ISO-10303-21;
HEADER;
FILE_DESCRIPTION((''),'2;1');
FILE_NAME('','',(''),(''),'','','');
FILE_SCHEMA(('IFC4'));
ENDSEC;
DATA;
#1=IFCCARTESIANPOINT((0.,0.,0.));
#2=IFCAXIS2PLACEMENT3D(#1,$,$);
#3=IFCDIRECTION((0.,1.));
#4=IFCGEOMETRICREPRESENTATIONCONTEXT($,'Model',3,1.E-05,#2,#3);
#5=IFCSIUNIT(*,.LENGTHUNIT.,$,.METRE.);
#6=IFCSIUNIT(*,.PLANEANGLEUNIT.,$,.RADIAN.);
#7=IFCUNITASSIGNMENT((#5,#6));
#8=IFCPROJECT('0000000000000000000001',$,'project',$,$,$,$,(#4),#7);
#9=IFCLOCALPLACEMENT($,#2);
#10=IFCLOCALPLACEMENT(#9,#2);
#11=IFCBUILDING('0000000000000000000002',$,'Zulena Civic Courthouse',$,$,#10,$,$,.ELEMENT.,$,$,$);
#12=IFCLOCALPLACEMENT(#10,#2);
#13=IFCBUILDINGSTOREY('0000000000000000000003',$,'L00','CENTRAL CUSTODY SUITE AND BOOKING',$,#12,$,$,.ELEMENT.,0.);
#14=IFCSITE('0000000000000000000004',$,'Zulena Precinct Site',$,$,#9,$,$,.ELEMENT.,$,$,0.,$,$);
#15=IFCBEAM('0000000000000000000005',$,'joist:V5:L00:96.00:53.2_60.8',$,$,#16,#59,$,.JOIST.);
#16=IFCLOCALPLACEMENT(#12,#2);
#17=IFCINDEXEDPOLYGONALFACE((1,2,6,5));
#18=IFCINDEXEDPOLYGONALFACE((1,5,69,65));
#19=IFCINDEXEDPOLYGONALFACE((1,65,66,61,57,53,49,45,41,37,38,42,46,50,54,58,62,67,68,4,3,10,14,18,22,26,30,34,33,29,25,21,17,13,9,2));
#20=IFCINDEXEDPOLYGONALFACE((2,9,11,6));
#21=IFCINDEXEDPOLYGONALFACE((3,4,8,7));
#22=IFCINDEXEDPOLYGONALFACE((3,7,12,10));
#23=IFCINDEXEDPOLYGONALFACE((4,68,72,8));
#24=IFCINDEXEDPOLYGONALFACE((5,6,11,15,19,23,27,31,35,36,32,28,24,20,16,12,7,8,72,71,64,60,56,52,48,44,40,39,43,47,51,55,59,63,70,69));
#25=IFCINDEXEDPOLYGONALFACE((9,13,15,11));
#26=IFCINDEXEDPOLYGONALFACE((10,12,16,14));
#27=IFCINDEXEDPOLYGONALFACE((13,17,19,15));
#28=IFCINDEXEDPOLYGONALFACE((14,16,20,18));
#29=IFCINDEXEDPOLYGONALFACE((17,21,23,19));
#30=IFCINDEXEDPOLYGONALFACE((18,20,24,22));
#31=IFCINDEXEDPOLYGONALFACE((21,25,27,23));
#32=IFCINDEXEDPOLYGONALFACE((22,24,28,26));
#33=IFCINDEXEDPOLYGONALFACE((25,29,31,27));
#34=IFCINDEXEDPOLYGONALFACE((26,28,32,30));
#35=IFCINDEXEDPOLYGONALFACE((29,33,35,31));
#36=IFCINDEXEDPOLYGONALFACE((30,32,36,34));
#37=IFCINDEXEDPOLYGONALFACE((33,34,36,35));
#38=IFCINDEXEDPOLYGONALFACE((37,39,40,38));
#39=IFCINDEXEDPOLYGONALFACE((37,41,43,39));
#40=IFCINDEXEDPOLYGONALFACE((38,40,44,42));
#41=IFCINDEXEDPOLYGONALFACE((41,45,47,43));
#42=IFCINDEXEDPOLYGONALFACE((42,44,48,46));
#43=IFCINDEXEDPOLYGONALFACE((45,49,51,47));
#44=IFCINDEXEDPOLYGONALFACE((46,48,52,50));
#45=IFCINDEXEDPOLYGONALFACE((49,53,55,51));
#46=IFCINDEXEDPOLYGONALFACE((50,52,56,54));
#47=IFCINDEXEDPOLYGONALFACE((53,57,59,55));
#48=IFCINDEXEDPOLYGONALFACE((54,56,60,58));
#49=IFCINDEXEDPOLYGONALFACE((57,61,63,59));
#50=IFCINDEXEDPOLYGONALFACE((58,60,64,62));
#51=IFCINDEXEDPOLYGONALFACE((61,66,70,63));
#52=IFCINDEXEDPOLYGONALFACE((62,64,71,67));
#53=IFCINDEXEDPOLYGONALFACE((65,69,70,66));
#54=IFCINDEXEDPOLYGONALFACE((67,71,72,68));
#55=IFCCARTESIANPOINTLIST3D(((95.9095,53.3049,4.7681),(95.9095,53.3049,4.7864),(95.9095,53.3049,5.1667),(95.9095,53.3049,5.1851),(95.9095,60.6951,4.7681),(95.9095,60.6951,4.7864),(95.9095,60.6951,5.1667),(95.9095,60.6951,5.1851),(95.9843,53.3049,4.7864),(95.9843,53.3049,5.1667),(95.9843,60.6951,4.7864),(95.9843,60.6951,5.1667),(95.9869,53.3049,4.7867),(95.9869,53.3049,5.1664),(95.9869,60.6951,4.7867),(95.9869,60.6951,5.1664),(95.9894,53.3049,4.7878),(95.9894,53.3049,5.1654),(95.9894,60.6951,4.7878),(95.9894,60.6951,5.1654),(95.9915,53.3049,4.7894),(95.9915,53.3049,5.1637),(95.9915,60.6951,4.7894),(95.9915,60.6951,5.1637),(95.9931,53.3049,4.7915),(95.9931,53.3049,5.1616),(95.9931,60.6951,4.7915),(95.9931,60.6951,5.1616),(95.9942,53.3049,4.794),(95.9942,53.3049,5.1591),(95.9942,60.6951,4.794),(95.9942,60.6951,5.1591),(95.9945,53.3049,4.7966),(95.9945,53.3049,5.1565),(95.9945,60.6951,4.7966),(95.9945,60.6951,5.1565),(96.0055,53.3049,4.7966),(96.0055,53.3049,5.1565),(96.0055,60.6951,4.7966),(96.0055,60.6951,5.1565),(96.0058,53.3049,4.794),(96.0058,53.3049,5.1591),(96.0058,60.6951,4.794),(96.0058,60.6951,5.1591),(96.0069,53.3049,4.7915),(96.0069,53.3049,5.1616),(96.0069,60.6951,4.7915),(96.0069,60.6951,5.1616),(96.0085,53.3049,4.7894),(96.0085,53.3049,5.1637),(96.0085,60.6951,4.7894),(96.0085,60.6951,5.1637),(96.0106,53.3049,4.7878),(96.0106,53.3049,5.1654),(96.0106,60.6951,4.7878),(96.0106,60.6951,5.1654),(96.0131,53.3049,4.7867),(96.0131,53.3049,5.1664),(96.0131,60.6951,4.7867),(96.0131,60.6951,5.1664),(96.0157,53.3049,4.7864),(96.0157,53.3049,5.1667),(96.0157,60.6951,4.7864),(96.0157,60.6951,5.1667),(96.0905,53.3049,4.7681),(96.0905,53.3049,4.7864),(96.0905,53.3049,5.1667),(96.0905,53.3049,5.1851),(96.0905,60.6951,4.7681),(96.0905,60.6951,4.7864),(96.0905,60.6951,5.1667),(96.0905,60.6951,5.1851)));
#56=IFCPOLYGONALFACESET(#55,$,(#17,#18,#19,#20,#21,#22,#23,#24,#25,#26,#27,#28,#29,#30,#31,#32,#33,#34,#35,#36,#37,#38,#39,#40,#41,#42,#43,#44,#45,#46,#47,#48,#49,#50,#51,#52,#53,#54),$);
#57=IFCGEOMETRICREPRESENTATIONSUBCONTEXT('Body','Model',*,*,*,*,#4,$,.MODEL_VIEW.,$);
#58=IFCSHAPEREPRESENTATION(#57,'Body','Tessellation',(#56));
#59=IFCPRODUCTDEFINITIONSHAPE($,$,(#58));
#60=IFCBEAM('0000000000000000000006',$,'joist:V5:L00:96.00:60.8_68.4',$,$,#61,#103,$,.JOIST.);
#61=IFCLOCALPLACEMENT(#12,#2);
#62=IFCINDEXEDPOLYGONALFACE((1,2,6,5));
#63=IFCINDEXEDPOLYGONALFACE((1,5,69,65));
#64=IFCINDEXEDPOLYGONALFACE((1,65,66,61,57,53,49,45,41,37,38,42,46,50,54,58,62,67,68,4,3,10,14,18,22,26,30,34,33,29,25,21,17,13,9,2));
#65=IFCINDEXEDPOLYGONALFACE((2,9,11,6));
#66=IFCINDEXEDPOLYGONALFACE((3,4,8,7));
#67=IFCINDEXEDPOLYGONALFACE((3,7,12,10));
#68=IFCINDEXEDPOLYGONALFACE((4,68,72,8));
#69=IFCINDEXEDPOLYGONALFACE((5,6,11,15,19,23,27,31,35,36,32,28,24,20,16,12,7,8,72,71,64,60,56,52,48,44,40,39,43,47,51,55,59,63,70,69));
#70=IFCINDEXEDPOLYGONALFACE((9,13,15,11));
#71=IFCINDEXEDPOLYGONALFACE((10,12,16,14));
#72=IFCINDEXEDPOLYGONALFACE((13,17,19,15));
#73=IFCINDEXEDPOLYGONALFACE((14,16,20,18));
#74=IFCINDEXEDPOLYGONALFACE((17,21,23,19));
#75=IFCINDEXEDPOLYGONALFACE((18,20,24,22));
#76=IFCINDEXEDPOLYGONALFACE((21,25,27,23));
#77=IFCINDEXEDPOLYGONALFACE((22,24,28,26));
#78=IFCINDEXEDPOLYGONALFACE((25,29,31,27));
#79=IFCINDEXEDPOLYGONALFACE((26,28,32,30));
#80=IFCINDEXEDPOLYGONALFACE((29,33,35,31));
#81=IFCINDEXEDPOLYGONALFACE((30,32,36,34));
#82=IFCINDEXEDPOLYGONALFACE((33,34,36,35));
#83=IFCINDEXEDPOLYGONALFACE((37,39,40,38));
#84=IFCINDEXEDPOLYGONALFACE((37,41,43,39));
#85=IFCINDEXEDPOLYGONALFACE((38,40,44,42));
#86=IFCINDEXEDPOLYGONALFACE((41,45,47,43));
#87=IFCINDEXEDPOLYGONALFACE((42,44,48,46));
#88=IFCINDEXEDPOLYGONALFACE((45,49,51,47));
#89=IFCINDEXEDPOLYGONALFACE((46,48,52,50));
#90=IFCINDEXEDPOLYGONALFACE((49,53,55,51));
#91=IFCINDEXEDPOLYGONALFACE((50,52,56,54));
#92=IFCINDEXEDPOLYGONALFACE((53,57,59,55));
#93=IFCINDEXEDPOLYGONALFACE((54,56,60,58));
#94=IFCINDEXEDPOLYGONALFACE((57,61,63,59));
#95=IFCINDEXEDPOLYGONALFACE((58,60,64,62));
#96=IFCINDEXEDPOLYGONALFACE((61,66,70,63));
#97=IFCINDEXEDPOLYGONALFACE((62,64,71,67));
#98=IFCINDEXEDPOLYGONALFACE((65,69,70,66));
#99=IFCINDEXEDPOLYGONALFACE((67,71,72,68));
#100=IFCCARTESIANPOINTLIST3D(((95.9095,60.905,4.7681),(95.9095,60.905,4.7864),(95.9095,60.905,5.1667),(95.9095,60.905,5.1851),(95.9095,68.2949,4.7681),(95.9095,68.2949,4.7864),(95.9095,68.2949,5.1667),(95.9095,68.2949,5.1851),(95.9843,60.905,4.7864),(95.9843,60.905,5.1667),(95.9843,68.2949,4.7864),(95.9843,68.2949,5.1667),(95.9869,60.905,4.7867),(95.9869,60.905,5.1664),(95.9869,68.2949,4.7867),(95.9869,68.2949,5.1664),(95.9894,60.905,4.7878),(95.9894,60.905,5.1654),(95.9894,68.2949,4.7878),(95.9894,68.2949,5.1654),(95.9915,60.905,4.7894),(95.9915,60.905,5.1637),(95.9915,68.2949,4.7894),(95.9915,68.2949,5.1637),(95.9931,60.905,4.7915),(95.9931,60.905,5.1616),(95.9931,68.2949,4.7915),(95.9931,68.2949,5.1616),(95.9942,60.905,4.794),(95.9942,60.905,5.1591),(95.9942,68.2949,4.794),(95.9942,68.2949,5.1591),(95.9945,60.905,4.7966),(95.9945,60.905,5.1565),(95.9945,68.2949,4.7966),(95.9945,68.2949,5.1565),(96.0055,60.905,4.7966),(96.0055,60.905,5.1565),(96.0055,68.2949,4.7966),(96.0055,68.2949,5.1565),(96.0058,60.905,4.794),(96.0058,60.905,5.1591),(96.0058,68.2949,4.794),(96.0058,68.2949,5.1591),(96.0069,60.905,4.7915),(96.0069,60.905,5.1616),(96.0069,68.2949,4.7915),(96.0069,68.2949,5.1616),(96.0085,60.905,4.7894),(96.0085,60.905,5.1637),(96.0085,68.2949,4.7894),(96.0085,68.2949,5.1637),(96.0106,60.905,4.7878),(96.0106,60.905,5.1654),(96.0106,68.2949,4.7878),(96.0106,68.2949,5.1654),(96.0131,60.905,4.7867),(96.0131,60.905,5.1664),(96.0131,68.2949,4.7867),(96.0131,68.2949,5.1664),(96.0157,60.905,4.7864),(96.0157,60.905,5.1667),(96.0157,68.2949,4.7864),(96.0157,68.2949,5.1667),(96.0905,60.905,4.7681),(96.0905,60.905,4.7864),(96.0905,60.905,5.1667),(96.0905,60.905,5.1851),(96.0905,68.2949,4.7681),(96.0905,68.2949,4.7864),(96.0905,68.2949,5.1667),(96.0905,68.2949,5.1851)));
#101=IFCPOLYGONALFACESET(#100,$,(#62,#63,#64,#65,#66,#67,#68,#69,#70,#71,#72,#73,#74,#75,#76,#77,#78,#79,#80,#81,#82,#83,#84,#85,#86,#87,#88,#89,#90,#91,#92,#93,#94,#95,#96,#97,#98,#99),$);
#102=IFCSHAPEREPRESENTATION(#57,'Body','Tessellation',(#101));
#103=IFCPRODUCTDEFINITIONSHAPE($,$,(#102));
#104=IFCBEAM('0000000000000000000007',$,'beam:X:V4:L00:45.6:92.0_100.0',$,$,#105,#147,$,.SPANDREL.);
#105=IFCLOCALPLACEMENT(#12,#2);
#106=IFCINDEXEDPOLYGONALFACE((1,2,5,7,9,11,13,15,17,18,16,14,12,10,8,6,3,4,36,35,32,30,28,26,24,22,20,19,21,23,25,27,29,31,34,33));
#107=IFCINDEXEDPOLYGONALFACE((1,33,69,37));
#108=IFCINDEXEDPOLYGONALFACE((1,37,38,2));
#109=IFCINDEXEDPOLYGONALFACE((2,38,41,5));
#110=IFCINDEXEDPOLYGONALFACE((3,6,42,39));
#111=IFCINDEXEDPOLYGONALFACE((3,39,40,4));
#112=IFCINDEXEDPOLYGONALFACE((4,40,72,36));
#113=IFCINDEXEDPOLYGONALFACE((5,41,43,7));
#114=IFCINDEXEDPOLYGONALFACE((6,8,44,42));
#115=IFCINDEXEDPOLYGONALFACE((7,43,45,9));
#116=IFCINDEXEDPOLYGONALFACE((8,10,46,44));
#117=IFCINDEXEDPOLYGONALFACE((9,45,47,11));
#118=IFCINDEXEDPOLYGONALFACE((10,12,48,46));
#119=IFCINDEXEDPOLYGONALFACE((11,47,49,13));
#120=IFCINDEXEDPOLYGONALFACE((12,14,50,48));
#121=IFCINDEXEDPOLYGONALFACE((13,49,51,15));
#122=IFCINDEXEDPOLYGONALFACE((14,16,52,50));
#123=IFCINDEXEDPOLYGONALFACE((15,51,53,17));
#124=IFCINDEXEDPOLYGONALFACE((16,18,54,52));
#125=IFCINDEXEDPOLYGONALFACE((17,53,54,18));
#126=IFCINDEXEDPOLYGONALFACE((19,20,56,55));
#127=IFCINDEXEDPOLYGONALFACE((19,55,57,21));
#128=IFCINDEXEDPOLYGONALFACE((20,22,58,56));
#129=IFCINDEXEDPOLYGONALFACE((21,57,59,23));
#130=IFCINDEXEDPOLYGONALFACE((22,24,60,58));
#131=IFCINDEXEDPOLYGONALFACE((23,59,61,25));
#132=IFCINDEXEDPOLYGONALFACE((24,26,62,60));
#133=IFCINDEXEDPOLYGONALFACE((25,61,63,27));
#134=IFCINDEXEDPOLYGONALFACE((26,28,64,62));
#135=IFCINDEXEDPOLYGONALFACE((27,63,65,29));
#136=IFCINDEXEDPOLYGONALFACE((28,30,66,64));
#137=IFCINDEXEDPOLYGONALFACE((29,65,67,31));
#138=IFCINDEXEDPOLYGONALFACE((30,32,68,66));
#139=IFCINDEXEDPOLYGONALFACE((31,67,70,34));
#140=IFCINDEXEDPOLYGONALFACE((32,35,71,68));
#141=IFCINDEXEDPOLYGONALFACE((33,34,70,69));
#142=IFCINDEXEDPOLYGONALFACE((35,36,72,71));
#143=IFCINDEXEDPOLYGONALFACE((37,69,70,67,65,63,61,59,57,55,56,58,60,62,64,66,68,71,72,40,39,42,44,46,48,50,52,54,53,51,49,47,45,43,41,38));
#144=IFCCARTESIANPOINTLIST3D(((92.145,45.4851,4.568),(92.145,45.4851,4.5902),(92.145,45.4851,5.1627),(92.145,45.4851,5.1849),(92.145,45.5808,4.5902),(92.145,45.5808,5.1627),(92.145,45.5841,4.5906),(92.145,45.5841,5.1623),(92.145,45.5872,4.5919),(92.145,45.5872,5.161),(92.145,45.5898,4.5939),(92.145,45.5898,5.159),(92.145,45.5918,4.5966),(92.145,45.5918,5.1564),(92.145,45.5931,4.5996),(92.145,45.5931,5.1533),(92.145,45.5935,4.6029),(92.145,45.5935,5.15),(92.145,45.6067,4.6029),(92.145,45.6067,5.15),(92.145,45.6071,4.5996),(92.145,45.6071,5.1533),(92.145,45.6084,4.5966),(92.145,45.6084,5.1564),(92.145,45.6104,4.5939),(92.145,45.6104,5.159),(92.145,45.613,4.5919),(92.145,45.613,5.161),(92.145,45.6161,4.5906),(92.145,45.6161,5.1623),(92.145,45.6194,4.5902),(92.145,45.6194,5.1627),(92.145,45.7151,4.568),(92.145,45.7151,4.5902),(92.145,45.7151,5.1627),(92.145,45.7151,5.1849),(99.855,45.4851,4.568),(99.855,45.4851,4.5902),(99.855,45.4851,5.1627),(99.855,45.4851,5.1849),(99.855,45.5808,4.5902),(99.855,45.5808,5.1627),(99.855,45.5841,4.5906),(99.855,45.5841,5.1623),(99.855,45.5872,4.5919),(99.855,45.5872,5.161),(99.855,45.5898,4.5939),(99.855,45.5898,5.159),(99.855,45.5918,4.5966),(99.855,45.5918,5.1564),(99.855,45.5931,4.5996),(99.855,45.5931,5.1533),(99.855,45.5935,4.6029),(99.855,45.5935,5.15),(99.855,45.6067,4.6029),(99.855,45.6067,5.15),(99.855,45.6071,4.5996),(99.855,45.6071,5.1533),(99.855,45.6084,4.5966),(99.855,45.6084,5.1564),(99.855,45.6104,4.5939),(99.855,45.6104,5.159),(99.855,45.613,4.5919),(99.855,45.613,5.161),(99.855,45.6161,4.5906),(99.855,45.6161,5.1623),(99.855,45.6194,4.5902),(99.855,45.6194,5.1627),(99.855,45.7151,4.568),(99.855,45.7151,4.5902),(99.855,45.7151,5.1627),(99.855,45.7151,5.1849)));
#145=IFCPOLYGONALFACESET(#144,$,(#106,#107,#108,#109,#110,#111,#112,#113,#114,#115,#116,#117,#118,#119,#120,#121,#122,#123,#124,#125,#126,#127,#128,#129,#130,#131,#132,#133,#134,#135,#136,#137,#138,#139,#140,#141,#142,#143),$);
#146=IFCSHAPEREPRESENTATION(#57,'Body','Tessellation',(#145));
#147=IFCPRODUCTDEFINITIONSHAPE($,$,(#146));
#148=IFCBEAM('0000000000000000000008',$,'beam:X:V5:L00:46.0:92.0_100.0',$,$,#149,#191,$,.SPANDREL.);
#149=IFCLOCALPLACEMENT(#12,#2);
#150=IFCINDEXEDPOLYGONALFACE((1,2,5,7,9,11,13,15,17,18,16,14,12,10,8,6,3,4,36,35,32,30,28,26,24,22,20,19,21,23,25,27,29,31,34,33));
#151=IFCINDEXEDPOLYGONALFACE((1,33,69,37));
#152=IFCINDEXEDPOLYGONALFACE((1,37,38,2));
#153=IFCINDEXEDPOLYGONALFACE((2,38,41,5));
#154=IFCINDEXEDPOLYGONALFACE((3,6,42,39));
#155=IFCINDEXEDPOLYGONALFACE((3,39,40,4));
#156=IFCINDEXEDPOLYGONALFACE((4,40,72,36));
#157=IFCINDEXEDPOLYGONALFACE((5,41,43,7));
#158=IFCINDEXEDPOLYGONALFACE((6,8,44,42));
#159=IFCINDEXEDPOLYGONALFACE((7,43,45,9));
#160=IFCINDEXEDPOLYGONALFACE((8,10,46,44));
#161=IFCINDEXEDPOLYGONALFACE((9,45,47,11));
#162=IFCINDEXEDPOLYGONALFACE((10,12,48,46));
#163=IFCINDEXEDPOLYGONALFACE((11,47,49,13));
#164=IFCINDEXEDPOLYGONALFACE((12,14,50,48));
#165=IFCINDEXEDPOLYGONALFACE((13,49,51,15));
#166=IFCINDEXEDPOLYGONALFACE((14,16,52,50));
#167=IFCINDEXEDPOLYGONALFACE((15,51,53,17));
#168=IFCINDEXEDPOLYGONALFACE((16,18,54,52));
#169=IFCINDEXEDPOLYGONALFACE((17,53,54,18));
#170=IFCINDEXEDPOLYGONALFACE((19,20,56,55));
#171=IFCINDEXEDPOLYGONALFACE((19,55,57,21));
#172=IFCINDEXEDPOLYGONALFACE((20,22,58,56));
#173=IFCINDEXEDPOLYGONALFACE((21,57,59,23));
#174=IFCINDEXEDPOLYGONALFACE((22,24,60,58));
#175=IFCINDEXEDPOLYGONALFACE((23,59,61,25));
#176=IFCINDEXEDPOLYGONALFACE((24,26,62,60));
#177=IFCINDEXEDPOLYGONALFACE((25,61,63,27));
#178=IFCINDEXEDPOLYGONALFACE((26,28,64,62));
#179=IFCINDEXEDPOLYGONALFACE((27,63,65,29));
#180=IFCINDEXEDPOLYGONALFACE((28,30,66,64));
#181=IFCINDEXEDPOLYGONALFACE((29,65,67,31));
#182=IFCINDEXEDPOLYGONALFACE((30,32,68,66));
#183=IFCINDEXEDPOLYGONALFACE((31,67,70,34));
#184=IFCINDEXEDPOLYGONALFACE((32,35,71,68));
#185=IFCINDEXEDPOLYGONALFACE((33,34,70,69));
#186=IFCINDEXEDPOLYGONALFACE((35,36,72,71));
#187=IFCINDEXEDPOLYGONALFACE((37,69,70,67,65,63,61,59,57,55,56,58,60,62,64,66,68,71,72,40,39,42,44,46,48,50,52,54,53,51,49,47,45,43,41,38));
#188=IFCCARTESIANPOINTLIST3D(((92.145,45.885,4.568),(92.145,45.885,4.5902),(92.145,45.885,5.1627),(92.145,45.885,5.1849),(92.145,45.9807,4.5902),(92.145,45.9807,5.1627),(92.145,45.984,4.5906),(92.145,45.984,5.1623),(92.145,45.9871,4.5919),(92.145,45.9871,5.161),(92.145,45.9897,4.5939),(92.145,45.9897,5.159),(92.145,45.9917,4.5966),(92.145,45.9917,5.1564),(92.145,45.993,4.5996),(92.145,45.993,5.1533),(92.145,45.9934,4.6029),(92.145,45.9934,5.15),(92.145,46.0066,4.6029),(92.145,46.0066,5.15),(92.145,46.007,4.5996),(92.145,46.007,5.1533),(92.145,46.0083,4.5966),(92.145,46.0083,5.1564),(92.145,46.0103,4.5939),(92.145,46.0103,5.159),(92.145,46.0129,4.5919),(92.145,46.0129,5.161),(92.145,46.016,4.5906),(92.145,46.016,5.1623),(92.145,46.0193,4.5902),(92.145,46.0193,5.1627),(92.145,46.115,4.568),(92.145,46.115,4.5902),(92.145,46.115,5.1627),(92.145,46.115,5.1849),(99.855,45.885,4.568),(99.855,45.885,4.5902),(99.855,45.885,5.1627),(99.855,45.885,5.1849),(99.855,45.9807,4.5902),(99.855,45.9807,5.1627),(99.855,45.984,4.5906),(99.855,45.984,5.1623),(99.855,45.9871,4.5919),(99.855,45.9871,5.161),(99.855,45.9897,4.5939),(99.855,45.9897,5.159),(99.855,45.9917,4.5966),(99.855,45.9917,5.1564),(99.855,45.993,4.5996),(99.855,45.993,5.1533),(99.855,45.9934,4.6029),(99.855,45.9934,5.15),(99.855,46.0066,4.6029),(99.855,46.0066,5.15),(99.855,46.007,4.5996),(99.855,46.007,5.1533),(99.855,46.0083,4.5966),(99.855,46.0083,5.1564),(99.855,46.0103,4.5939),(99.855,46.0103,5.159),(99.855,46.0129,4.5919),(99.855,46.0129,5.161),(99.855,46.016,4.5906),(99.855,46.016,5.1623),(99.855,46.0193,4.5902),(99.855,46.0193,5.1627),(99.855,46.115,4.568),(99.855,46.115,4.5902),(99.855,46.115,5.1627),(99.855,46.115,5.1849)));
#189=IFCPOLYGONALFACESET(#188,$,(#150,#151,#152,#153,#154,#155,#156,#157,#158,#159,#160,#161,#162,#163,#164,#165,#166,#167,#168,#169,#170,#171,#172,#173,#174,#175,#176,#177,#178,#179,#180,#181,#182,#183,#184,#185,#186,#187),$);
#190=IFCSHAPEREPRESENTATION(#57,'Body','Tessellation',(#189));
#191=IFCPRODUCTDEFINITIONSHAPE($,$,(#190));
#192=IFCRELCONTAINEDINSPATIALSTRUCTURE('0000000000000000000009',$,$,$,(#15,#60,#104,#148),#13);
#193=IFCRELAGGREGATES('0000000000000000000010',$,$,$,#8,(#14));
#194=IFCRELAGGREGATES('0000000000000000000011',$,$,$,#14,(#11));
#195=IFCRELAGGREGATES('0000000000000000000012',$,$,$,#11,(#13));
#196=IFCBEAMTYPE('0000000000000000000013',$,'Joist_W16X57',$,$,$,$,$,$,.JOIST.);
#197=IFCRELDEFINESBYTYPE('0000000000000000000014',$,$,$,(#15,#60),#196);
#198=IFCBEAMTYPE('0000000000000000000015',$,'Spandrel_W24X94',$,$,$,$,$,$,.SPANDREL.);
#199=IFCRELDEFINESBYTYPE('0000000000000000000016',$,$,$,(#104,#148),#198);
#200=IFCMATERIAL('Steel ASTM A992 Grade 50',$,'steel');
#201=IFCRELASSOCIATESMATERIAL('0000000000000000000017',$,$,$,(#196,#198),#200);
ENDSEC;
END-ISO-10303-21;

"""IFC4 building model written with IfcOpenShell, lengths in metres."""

from ifc_helpers import new_model, si_unit, direction, frame, origin, origin_2d, place, context, subcontext, project, spatial, i_section, extrude, material, material_profile, profile_set, type_object, element, save


model = new_model("IFC4")

# Units and contexts
model_context = context("Model", 3, precision=1e-05, world=origin(), true_north=direction((0.0, 1.0)))
body_context = subcontext(model_context, "Body", "Model", "MODEL_VIEW")
ifc_project = project(units=[si_unit("LENGTHUNIT", "METRE"), si_unit("PLANEANGLEUNIT", "RADIAN")], contexts=[model_context])

# Site, building, storey
site_placement = place(None, origin())
site = spatial("IfcSite", under=ifc_project, at=site_placement, Name="Zulena Precinct Site", CompositionType="ELEMENT", RefElevation=0.0)
building_placement = place(site_placement, origin())
building = spatial("IfcBuilding", under=site, at=building_placement, Name="Zulena Civic Courthouse", CompositionType="ELEMENT")
storey_placement = place(building_placement, origin())
storey = spatial("IfcBuildingStorey", under=building, at=storey_placement, Name="L00", Description="CENTRAL CUSTODY SUITE AND BOOKING", CompositionType="ELEMENT", Elevation=0.0)

# Beams
ifc_material_1 = material(Name="Steel ASTM A992 Grade 50", Category="steel")
ifc_material_profile_1 = material_profile(ifc_material_1, i_section(OverallWidth=0.1809, OverallDepth=0.417, WebThickness=0.011, FlangeThickness=0.0183, FilletRadius=0.0103, at=origin_2d()), Name="W16X57")
ifc_profile_set_1 = profile_set([ifc_material_profile_1], Name="Steel ASTM A992 Grade 50")
beam_type_1 = type_object("IfcBeamType", Name="Joist_W16X57", PredefinedType="JOIST", material=ifc_profile_set_1)
beam_1_placement = place(storey_placement, frame((96.0, 53.3049, 4.9766), z_axis=(0.0, 1.0, 0.0), x_axis=(-1.0, 0.0, 0.0)))
element("IfcBeam", 1, at=beam_1_placement, inside=storey, type_object=beam_type_1, Name="joist:V5:L00:96.00:53.2_60.8", PredefinedType="JOIST", context=body_context, shape_type="SweptSolid", body=[
    extrude(i_section(OverallWidth=0.1809, OverallDepth=0.417, WebThickness=0.011, FlangeThickness=0.0183, FilletRadius=0.0103, at=origin_2d()), origin(), (0.0, 0.0, 1.0), 7.3901),
])
beam_2_placement = place(storey_placement, frame((96.0, 60.905, 4.9766), z_axis=(0.0, 1.0, 0.0), x_axis=(-1.0, 0.0, 0.0)))
element("IfcBeam", 2, at=beam_2_placement, inside=storey, type_object=beam_type_1, Name="joist:V5:L00:96.00:60.8_68.4", PredefinedType="JOIST", context=body_context, shape_type="SweptSolid", body=[
    extrude(i_section(OverallWidth=0.1809, OverallDepth=0.417, WebThickness=0.011, FlangeThickness=0.0183, FilletRadius=0.0103, at=origin_2d()), origin(), (0.0, 0.0, 1.0), 7.3899),
])
ifc_material_profile_2 = material_profile(ifc_material_1, i_section(OverallWidth=0.23, OverallDepth=0.6169, WebThickness=0.0132, FlangeThickness=0.0222, FilletRadius=0.0127, at=origin_2d()), Name="W24X94")
ifc_profile_set_2 = profile_set([ifc_material_profile_2], Name="Steel ASTM A992 Grade 50")
beam_type_2 = type_object("IfcBeamType", Name="Spandrel_W24X94", PredefinedType="SPANDREL", material=ifc_profile_set_2)
for number, where, z_axis, x_axis, name in (
    (3, (92.145, 45.6001, 4.8765), (1.0, 0.0, 0.0), (0.0, 1.0, 0.0), "beam:X:V4:L00:45.6:92.0_100.0"),
    (4, (92.145, 46.0, 4.8765), (1.0, 0.0, 0.0), (0.0, 1.0, 0.0), "beam:X:V5:L00:46.0:92.0_100.0"),
):
    element("IfcBeam", number, at=place(storey_placement, frame(where, z_axis=z_axis, x_axis=x_axis)), inside=storey, type_object=beam_type_2, Name=name, PredefinedType="SPANDREL", context=body_context, shape_type="SweptSolid", body=[
        extrude(i_section(OverallWidth=0.23, OverallDepth=0.6169, WebThickness=0.0132, FlangeThickness=0.0222, FilletRadius=0.0127, at=origin_2d()), origin(), (0.0, 0.0, 1.0), 7.71),
    ])

save(model, "model.ifc")
